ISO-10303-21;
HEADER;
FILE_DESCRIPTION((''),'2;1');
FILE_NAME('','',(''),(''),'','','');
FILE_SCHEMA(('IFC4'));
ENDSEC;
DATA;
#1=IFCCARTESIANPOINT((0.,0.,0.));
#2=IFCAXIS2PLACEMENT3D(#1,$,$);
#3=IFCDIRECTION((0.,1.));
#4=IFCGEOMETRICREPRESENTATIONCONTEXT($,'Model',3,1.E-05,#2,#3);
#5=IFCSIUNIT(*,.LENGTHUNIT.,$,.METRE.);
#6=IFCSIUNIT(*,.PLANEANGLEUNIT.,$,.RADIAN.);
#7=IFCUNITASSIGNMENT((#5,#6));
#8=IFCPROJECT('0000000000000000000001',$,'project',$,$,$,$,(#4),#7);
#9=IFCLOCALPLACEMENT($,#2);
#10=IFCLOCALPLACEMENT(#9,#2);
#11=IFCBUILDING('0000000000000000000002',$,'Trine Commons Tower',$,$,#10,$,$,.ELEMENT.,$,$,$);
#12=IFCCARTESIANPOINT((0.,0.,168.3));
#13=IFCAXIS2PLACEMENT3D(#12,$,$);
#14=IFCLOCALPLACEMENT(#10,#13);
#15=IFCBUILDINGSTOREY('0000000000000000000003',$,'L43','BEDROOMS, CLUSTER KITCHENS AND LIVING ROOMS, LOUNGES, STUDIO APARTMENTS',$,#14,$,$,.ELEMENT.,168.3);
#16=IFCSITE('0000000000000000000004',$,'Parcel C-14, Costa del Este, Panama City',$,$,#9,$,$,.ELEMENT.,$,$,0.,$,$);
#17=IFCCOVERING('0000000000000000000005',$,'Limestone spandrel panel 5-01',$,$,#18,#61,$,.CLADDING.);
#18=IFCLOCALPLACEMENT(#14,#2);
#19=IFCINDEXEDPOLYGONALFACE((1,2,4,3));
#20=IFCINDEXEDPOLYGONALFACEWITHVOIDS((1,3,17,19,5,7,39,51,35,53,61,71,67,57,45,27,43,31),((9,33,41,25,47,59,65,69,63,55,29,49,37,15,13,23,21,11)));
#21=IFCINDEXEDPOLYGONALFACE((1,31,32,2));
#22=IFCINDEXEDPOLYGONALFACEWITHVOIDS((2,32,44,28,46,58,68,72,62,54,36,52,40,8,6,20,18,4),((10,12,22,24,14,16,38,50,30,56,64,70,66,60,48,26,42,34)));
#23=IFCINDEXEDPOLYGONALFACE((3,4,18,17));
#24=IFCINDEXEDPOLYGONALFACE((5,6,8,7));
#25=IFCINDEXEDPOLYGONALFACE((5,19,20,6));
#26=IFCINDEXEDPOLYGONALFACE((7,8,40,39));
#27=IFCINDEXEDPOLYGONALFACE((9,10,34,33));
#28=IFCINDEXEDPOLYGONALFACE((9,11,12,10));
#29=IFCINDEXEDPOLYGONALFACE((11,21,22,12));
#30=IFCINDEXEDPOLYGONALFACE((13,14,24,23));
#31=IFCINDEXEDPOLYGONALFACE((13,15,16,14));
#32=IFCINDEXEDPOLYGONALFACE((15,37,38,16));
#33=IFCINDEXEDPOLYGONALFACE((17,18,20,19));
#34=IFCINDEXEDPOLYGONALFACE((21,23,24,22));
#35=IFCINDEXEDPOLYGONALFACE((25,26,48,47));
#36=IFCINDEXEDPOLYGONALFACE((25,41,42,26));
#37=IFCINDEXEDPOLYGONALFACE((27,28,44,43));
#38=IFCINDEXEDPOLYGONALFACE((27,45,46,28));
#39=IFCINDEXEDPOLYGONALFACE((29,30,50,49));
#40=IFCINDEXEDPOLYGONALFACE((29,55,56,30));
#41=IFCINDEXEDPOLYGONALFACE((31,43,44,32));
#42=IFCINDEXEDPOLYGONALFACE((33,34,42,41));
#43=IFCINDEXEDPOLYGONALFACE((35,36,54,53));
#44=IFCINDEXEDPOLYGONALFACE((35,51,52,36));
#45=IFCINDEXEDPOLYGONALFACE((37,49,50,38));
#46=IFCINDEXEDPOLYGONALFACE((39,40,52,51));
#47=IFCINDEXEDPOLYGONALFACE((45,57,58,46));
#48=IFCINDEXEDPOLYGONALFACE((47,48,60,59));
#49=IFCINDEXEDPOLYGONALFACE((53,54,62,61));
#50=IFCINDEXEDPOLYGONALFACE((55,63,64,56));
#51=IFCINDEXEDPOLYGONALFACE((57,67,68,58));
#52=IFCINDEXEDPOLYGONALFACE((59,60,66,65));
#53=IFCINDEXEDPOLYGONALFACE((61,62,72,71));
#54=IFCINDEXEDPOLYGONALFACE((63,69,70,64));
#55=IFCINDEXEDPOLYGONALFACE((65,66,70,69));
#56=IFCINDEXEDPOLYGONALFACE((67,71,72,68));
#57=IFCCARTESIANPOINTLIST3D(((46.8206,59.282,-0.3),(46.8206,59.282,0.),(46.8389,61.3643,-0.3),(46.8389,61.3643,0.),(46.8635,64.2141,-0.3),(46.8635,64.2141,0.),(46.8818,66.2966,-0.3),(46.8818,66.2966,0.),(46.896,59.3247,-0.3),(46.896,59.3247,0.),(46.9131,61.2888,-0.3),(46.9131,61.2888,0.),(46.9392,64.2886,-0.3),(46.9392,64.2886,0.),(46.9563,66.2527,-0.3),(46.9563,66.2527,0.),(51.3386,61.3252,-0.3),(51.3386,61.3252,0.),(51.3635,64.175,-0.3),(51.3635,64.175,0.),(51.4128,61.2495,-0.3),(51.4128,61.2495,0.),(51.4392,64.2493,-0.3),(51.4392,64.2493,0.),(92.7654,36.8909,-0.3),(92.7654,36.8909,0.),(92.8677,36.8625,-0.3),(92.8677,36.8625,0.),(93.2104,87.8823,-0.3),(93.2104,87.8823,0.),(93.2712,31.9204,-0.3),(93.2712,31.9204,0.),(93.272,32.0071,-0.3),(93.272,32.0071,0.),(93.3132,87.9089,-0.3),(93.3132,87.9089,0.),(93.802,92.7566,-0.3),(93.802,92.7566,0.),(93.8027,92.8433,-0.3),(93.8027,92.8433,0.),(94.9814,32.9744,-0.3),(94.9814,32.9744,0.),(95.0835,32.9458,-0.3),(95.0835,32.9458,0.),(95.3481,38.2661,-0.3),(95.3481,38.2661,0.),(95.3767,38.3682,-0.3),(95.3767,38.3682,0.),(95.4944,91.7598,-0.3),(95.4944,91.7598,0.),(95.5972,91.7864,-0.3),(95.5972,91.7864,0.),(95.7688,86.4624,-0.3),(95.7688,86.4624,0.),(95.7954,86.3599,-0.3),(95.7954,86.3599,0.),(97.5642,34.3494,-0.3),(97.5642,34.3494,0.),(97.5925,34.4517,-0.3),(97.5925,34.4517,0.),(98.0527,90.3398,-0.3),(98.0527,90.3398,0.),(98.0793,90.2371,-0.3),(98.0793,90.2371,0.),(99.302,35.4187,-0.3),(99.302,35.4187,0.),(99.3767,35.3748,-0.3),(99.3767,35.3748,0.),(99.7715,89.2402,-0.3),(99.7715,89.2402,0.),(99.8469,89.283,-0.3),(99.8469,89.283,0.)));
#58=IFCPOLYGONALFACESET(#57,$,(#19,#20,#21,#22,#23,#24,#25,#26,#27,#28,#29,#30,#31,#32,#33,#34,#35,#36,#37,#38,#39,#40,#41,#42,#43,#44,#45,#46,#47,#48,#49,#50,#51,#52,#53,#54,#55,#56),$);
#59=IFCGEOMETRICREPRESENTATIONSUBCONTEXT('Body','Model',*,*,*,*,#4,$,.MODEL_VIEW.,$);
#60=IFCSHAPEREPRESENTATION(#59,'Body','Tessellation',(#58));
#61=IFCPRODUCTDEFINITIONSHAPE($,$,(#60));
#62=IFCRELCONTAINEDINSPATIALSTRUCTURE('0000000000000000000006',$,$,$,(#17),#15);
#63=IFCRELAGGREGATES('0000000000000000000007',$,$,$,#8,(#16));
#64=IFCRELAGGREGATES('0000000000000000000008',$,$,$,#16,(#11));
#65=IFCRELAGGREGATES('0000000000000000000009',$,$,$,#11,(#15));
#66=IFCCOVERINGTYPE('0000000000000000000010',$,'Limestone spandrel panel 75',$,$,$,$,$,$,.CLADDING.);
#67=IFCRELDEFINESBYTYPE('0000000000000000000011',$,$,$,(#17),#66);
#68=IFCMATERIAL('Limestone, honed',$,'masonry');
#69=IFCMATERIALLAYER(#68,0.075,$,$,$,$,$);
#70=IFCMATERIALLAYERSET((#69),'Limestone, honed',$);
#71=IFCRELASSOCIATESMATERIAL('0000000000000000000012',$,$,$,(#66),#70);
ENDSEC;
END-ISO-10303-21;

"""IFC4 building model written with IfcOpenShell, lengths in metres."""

from ifc_helpers import new_model, si_unit, direction, frame, origin, place, context, subcontext, project, spatial, polyline, outline, extrude, material, layer, layer_set, type_object, element, save


model = new_model("IFC4")

# Units and contexts
model_context = context("Model", 3, precision=1e-05, world=origin(), true_north=direction((0.0, 1.0)))
body_context = subcontext(model_context, "Body", "Model", "MODEL_VIEW")
ifc_project = project(units=[si_unit("LENGTHUNIT", "METRE"), si_unit("PLANEANGLEUNIT", "RADIAN")], contexts=[model_context])

# Site, building, storey
site_placement = place(None, origin())
site = spatial("IfcSite", under=ifc_project, at=site_placement, Name="Parcel C-14, Costa del Este, Panama City", CompositionType="ELEMENT", RefElevation=0.0)
building_placement = place(site_placement, origin())
building = spatial("IfcBuilding", under=site, at=building_placement, Name="Trine Commons Tower", CompositionType="ELEMENT")
storey_placement = place(building_placement, frame((0.0, 0.0, 168.3)))
storey = spatial("IfcBuildingStorey", under=building, at=storey_placement, Name="L43", Description="BEDROOMS, CLUSTER KITCHENS AND LIVING ROOMS, LOUNGES, STUDIO APARTMENTS", CompositionType="ELEMENT", Elevation=168.3)

# Covering
ifc_material_1 = material(Name="Limestone, honed", Category="masonry")
ifc_layer_1 = layer(ifc_material_1, 0.075)
ifc_layer_set_1 = layer_set([ifc_layer_1], Name="Limestone, honed")
covering_type_1 = type_object("IfcCoveringType", Name="Limestone spandrel panel 75", PredefinedType="CLADDING", material=ifc_layer_set_1)
covering_1_placement = place(storey_placement, frame((0.0, 0.0, -0.3)))
element("IfcCovering", 1, at=covering_1_placement, inside=storey, type_object=covering_type_1, Name="Limestone spandrel panel 5-01", PredefinedType="CLADDING", context=body_context, shape_type="SweptSolid", body=[
    extrude(outline(polyline([(95.3481, 38.2661), (97.5642, 34.3494), (99.3767, 35.3748), (99.8469, 89.283), (98.0527, 90.3398), (95.7688, 86.4624), (93.3132, 87.9089), (95.5972, 91.7864), (93.8027, 92.8433), (46.8818, 66.2966), (46.8635, 64.2141), (51.3635, 64.175), (51.3386, 61.3252), (46.8389, 61.3643), (46.8206, 59.282), (93.2712, 31.9204), (95.0835, 32.9458), (92.8677, 36.8625), (95.3481, 38.2661)]), holes=[polyline([(98.0793, 90.2371), (99.7715, 89.2402), (99.302, 35.4187), (97.5925, 34.4517), (95.3767, 38.3682), (92.7654, 36.8909), (94.9814, 32.9744), (93.272, 32.0071), (46.896, 59.3247), (46.9131, 61.2888), (51.4128, 61.2495), (51.4392, 64.2493), (46.9392, 64.2886), (46.9563, 66.2527), (93.802, 92.7566), (95.4944, 91.7598), (93.2104, 87.8823), (95.7954, 86.3599), (98.0793, 90.2371)])]), origin(), (0.0, 0.0, 1.0), 0.3),
])

save(model, "model.ifc")
